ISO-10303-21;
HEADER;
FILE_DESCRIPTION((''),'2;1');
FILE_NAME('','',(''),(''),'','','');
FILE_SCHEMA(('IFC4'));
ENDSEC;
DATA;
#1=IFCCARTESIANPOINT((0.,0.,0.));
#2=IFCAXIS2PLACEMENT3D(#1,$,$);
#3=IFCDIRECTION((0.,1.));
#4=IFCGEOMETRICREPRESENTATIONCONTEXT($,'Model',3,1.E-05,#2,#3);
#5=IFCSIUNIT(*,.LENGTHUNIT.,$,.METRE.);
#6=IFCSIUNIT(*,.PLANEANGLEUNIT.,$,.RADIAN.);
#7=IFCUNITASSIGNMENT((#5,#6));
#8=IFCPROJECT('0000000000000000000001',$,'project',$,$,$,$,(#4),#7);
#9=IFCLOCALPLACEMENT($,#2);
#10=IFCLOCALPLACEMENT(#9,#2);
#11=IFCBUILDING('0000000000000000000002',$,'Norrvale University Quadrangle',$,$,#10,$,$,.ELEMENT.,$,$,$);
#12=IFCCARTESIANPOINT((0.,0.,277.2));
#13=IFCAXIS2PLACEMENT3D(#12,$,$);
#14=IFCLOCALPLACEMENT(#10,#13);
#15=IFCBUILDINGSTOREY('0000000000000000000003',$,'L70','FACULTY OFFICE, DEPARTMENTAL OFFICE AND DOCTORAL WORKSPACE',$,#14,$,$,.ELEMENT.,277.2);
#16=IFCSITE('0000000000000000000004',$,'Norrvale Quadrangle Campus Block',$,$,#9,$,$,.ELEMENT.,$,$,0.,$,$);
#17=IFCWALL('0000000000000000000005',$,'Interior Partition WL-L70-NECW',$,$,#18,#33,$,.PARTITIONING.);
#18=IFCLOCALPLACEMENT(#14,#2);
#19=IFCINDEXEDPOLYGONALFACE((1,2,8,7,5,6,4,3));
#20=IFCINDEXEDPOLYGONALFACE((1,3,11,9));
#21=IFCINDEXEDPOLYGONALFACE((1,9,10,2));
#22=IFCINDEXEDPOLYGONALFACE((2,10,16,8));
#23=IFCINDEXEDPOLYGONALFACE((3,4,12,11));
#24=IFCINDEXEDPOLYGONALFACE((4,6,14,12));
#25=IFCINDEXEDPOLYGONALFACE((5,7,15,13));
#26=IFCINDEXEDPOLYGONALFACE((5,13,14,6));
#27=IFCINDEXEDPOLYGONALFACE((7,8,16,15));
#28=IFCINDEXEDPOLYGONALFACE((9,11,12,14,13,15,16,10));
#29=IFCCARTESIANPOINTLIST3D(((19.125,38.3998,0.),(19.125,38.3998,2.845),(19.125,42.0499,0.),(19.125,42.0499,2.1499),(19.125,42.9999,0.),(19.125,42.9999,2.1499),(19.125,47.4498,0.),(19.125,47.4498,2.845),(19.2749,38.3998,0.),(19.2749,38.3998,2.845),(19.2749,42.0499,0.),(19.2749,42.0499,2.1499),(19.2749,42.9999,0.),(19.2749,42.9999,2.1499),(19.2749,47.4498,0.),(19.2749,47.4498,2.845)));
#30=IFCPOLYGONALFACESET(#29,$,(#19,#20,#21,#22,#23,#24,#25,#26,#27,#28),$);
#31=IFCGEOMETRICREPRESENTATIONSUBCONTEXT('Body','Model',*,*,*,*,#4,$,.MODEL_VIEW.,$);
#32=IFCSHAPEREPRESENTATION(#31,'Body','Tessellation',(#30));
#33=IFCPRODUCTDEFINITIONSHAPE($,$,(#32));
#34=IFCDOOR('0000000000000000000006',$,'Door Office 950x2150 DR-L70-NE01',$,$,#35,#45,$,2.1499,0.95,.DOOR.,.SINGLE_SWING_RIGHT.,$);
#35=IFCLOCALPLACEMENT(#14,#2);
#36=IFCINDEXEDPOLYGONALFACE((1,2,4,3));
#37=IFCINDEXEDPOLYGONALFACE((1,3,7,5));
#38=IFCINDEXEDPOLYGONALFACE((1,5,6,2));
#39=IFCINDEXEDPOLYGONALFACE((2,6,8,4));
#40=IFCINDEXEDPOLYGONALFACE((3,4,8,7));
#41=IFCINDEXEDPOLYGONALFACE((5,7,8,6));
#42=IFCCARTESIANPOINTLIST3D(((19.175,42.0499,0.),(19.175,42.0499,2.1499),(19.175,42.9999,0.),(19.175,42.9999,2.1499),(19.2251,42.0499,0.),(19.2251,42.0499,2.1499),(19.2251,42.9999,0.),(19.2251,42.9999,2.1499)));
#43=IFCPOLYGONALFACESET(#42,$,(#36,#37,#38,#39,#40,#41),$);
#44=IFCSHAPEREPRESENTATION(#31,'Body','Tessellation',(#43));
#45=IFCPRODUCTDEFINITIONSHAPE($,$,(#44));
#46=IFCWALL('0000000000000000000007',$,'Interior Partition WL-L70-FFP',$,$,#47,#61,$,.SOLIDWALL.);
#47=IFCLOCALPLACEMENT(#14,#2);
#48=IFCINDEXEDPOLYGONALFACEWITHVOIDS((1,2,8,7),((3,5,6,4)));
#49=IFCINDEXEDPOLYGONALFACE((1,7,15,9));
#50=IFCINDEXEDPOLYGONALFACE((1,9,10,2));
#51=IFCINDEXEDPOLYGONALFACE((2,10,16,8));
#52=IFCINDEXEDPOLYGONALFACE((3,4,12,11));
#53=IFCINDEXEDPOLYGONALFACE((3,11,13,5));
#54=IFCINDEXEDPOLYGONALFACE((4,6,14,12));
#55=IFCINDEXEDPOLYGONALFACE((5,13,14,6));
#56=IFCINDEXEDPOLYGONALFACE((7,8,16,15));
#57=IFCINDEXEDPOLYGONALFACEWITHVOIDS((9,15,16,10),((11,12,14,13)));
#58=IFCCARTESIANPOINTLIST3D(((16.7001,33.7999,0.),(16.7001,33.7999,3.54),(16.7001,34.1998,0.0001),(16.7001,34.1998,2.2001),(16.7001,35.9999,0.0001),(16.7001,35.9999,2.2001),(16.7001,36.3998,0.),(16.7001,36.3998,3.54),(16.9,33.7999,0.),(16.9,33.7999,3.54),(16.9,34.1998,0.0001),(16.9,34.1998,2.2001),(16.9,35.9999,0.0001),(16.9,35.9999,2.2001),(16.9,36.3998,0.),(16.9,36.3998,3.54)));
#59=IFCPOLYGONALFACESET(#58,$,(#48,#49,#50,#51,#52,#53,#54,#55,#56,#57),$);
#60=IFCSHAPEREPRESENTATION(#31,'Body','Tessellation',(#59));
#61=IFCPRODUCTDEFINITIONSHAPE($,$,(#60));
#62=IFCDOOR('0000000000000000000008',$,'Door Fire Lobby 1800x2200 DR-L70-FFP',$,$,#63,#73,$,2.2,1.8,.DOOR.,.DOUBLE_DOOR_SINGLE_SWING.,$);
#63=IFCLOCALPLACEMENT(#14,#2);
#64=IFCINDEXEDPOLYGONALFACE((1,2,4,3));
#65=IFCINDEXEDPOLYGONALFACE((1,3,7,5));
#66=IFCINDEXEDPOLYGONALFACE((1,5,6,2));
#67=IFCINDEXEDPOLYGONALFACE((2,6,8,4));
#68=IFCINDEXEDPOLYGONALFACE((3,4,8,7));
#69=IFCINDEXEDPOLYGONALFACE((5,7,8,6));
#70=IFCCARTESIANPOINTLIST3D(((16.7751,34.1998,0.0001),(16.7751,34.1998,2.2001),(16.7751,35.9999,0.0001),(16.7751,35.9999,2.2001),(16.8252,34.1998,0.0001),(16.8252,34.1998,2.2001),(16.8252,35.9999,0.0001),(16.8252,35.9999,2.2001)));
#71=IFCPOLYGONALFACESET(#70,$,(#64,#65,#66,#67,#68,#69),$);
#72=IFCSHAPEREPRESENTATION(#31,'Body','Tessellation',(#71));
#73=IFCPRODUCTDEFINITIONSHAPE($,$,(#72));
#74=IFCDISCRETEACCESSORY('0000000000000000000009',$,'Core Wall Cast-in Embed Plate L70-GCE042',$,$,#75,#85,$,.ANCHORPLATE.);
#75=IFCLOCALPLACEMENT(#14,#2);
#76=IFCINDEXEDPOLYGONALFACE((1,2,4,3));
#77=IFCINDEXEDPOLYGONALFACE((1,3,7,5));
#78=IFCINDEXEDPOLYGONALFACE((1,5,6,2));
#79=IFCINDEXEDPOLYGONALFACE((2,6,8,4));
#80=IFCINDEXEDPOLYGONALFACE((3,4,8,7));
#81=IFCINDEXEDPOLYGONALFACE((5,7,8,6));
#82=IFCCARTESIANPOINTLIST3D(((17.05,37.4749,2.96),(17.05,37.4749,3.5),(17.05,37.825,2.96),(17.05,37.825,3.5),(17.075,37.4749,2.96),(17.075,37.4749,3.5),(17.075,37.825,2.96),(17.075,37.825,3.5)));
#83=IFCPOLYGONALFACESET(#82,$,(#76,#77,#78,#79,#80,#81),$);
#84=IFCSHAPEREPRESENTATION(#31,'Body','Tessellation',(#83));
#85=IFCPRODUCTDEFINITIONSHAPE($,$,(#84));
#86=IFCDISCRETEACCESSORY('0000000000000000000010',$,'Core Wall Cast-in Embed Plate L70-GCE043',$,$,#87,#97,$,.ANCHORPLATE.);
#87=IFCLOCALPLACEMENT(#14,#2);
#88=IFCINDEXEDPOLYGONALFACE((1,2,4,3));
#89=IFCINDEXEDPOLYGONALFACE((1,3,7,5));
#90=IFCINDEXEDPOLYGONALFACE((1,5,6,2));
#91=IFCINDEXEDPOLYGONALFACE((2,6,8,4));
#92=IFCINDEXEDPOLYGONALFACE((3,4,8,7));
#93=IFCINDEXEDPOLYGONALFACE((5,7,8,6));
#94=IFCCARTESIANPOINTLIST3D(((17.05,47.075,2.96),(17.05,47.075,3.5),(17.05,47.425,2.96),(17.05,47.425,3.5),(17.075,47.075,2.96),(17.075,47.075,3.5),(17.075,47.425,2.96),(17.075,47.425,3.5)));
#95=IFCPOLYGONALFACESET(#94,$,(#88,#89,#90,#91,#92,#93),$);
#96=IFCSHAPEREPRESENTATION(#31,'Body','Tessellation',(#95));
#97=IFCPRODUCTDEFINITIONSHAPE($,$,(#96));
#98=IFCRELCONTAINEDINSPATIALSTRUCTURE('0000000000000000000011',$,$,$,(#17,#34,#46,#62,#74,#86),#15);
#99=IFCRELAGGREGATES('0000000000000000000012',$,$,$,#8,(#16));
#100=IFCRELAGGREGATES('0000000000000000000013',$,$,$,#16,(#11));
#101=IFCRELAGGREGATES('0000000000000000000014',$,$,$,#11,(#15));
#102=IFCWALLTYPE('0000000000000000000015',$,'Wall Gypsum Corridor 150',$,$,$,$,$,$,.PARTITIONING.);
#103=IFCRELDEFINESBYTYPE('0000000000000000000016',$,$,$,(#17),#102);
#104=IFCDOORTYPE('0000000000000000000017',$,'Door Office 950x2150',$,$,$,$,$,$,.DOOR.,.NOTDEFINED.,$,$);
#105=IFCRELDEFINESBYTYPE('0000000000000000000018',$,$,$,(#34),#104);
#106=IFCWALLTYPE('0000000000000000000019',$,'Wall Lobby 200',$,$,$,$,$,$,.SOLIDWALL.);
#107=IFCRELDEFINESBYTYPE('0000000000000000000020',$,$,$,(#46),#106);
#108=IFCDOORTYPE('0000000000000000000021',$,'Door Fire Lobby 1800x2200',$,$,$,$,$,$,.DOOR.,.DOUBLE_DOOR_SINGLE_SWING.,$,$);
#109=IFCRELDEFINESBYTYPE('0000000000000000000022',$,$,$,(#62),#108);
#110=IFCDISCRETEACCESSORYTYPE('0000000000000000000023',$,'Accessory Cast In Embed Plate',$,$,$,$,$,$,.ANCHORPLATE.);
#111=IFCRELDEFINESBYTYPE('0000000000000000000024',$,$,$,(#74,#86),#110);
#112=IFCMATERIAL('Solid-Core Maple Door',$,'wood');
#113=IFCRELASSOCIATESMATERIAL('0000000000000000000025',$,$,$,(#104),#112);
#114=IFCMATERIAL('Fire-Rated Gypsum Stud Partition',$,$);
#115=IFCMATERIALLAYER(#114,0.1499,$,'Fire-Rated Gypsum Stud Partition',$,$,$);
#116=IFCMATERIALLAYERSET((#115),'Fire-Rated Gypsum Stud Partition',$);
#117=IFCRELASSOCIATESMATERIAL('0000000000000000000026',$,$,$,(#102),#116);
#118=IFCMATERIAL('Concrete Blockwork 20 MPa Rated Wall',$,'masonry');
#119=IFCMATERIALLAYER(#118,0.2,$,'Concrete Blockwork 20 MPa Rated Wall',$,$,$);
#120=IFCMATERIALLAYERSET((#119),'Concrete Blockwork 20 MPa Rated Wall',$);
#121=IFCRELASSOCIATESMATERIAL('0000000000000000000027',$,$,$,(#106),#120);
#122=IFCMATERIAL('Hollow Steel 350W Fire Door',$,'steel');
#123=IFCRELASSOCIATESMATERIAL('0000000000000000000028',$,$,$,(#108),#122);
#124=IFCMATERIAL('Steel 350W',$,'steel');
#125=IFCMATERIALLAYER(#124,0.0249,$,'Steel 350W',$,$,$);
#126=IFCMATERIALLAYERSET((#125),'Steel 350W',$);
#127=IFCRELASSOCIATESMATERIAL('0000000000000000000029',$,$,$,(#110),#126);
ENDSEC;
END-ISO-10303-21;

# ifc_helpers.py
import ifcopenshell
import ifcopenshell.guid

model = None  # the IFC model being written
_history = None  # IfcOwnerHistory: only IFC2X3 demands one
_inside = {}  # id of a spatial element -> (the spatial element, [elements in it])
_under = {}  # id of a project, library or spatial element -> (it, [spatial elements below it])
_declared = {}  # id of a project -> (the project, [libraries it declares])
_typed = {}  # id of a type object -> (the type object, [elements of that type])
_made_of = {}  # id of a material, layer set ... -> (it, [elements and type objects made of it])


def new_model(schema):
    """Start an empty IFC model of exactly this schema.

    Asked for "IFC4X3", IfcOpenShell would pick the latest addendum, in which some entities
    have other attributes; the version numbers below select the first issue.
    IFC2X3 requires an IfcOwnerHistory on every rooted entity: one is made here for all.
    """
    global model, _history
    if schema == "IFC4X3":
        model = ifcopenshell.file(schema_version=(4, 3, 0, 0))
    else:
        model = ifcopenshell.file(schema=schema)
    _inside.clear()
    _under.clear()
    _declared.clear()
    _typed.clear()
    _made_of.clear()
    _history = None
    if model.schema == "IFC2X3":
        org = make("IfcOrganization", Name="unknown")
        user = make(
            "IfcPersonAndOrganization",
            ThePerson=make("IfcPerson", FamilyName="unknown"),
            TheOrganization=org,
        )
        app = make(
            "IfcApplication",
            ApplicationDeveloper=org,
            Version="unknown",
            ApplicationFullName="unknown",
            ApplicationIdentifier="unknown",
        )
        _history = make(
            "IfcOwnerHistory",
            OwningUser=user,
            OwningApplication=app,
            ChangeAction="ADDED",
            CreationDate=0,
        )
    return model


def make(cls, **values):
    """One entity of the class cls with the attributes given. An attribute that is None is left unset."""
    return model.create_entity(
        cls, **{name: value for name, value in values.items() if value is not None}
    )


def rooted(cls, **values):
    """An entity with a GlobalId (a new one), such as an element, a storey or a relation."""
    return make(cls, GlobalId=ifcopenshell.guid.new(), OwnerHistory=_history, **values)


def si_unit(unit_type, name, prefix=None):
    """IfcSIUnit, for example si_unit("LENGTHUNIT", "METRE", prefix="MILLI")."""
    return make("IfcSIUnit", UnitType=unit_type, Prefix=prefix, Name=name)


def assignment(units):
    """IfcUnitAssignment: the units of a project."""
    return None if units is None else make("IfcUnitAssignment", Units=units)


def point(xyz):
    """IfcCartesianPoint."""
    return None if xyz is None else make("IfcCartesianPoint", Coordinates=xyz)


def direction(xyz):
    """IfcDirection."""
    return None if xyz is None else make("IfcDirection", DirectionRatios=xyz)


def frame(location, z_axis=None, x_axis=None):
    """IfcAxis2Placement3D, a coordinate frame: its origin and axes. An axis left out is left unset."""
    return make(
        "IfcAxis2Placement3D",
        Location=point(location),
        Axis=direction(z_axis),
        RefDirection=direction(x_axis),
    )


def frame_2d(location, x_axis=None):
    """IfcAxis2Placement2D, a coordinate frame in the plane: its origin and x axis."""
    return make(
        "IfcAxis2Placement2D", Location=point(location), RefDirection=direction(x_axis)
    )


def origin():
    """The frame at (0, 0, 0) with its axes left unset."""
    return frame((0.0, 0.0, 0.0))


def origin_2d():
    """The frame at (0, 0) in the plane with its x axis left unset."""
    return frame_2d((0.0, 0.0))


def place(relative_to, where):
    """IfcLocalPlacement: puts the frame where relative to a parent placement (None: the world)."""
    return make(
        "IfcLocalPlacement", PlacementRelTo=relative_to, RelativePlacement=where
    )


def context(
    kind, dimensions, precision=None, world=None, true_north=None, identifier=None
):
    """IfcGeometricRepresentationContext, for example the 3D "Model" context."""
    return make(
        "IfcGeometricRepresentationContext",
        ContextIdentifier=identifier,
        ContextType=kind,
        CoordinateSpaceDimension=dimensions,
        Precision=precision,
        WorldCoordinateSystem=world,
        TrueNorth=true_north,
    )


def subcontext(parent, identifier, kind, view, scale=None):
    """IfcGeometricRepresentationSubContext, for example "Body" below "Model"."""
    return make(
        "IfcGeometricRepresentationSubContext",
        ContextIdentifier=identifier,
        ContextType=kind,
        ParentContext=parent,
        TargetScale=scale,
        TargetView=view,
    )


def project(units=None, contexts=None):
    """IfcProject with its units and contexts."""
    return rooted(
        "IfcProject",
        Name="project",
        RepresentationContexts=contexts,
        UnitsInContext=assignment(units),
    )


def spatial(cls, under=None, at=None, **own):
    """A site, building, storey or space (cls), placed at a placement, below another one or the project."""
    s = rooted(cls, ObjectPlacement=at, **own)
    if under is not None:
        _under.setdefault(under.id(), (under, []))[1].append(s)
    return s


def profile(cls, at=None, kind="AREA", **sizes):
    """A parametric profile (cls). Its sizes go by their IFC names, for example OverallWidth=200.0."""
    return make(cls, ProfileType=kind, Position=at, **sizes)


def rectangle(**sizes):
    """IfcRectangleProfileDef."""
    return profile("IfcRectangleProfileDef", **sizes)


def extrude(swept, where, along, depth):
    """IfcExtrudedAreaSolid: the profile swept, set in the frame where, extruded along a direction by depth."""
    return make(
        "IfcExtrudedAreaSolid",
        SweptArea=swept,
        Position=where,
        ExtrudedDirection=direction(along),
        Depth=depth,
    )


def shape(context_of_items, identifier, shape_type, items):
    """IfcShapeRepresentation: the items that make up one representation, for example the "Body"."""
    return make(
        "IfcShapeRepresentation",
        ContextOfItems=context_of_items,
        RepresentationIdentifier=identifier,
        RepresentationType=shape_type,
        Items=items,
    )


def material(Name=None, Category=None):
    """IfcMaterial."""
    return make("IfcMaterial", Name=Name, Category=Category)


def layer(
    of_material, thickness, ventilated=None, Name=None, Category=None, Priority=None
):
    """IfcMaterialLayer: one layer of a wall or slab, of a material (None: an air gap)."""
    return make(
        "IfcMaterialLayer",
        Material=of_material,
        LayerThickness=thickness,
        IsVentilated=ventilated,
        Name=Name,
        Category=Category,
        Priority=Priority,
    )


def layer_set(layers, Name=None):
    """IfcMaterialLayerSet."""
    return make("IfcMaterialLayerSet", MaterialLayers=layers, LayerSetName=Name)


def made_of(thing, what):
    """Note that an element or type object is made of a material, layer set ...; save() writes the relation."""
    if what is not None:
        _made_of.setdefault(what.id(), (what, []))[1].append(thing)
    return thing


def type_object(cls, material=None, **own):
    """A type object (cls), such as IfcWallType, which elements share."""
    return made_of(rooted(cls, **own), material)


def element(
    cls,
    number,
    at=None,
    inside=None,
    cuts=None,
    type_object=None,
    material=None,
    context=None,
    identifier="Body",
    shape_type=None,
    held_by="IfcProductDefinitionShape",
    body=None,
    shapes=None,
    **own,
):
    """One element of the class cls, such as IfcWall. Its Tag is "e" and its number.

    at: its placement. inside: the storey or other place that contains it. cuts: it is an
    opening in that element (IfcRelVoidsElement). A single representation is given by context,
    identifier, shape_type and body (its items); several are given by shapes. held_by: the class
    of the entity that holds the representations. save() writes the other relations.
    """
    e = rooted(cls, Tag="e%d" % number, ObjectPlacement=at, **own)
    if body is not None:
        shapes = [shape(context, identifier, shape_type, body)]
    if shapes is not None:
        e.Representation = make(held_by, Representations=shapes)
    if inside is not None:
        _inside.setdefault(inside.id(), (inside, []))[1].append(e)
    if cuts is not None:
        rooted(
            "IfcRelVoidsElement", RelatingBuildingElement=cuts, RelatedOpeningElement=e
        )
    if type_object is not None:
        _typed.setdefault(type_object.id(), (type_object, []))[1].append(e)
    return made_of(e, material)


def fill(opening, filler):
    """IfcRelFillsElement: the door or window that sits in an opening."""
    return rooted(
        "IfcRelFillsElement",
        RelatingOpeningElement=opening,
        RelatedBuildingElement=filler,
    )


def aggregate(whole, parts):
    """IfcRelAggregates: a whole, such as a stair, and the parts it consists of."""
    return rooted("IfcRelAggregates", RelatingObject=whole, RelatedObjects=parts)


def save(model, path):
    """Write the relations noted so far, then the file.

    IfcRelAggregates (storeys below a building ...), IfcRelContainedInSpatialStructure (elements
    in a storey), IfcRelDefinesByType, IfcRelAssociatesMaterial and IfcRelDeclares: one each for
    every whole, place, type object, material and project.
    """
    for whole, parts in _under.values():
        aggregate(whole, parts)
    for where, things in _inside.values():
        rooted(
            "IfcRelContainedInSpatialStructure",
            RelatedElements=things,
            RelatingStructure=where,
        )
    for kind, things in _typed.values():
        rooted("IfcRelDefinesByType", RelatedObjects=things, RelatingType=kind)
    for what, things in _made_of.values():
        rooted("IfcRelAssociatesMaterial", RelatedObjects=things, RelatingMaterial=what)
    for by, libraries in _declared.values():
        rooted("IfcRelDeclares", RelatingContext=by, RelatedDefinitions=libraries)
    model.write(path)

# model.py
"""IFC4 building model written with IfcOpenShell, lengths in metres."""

from ifc_helpers import new_model, si_unit, direction, frame, frame_2d, origin, origin_2d, place, context, subcontext, project, spatial, rectangle, extrude, material, layer, layer_set, type_object, element, fill, save


model = new_model("IFC4")

# Units and contexts
model_context = context("Model", 3, precision=1e-05, world=origin(), true_north=direction((0.0, 1.0)))
body_context = subcontext(model_context, "Body", "Model", "MODEL_VIEW")
ifc_project = project(units=[si_unit("LENGTHUNIT", "METRE"), si_unit("PLANEANGLEUNIT", "RADIAN")], contexts=[model_context])

# Site, building, storey
site_placement = place(None, origin())
site = spatial("IfcSite", under=ifc_project, at=site_placement, Name="Norrvale Quadrangle Campus Block", CompositionType="ELEMENT", RefElevation=0.0)
building_placement = place(site_placement, origin())
building = spatial("IfcBuilding", under=site, at=building_placement, Name="Norrvale University Quadrangle", CompositionType="ELEMENT")
storey_placement = place(building_placement, frame((0.0, 0.0, 277.2)))
storey = spatial("IfcBuildingStorey", under=building, at=storey_placement, Name="L70", Description="FACULTY OFFICE, DEPARTMENTAL OFFICE AND DOCTORAL WORKSPACE", CompositionType="ELEMENT", Elevation=277.2)

# Shared definitions
ifc_material_1 = material(Name="Steel 350W", Category="steel")

# Shared definitions
ifc_material_2 = material(Name="Solid-Core Maple Door", Category="wood")
door_type_1 = type_object("IfcDoorType", Name="Door Office 950x2150", OperationType="NOTDEFINED", PredefinedType="DOOR", material=ifc_material_2)

# Shared definitions
ifc_material_3 = material(Name="Fire-Rated Gypsum Stud Partition")
ifc_layer_1 = layer(ifc_material_3, 0.1499, Name="Fire-Rated Gypsum Stud Partition")
ifc_layer_set_1 = layer_set([ifc_layer_1], Name="Fire-Rated Gypsum Stud Partition")
wall_type_1 = type_object("IfcWallType", Name="Wall Gypsum Corridor 150", PredefinedType="PARTITIONING", material=ifc_layer_set_1)

# Walls, openings, doors
wall_1_placement = place(storey_placement, frame((19.2, 38.3999, 0.0), z_axis=(0.0, 0.0, 1.0), x_axis=(0.0, 1.0, 0.0)))
wall_1 = element("IfcWall", 1, at=wall_1_placement, inside=storey, type_object=wall_type_1, Name="Interior Partition WL-L70-NECW", PredefinedType="PARTITIONING", context=body_context, shape_type="SweptSolid", body=[
    extrude(rectangle(XDim=9.05, YDim=0.1499, at=frame_2d((4.5249, 0.0))), origin(), (0.0, 0.0, 1.0), 2.845),
])
opening_1_placement = place(wall_1_placement, frame((3.6499, 0.0, 0.0)))
opening_1 = element("IfcOpeningElement", 2, at=opening_1_placement, cuts=wall_1, PredefinedType="OPENING", context=body_context, shape_type="SweptSolid", body=[
    extrude(rectangle(XDim=0.95, YDim=2.1499, at=frame_2d((0.4751, 1.075))), frame((0.0, 0.0869, 0.0), z_axis=(0.0, -1.0, 0.0), x_axis=(1.0, 0.0, 0.0)), (0.0, 0.0, 1.0), 0.1738),
])
door_1_placement = place(opening_1_placement, origin())
door_1 = element("IfcDoor", 3, at=door_1_placement, inside=storey, type_object=door_type_1, Name="Door Office 950x2150 DR-L70-NE01", OperationType="SINGLE_SWING_RIGHT", OverallHeight=2.1499, OverallWidth=0.95, PredefinedType="DOOR", context=body_context, shape_type="SweptSolid", body=[
    extrude(rectangle(XDim=0.95, YDim=2.1499, at=frame_2d((0.4751, 1.075))), frame((0.0, 0.0249, 0.0), z_axis=(0.0, -1.0, 0.0), x_axis=(1.0, 0.0, 0.0)), (0.0, 0.0, 1.0), 0.05),
])
fill(opening_1, door_1)
ifc_material_4 = material(Name="Concrete Blockwork 20 MPa Rated Wall", Category="masonry")
ifc_layer_2 = layer(ifc_material_4, 0.2, Name="Concrete Blockwork 20 MPa Rated Wall")
ifc_layer_set_2 = layer_set([ifc_layer_2], Name="Concrete Blockwork 20 MPa Rated Wall")
wall_type_2 = type_object("IfcWallType", Name="Wall Lobby 200", PredefinedType="SOLIDWALL", material=ifc_layer_set_2)
wall_2_placement = place(storey_placement, frame((16.8, 33.8, 0.0), z_axis=(0.0, 0.0, 1.0), x_axis=(0.0, 1.0, 0.0)))
wall_2 = element("IfcWall", 4, at=wall_2_placement, inside=storey, type_object=wall_type_2, Name="Interior Partition WL-L70-FFP", PredefinedType="SOLIDWALL", context=body_context, shape_type="SweptSolid", body=[
    extrude(rectangle(XDim=2.5999, YDim=0.2, at=frame_2d((1.2998, 0.0))), origin(), (0.0, 0.0, 1.0), 3.54),
])
opening_2_placement = place(wall_2_placement, frame((0.3999, 0.0, 0.0)))
opening_2 = element("IfcOpeningElement", 5, at=opening_2_placement, cuts=wall_2, PredefinedType="OPENING", context=body_context, shape_type="SweptSolid", body=[
    extrude(rectangle(XDim=1.8, YDim=2.2, at=frame_2d((0.8999, 1.1001))), frame((0.0, 0.1121, 0.0), z_axis=(0.0, -1.0, 0.0), x_axis=(1.0, 0.0, 0.0)), (0.0, 0.0, 1.0), 0.2239),
])
ifc_material_5 = material(Name="Hollow Steel 350W Fire Door", Category="steel")
door_type_2 = type_object("IfcDoorType", Name="Door Fire Lobby 1800x2200", OperationType="DOUBLE_DOOR_SINGLE_SWING", PredefinedType="DOOR", material=ifc_material_5)
door_2_placement = place(opening_2_placement, origin())
door_2 = element("IfcDoor", 6, at=door_2_placement, inside=storey, type_object=door_type_2, Name="Door Fire Lobby 1800x2200 DR-L70-FFP", OperationType="DOUBLE_DOOR_SINGLE_SWING", OverallHeight=2.2, OverallWidth=1.8, PredefinedType="DOOR", context=body_context, shape_type="SweptSolid", body=[
    extrude(rectangle(XDim=1.8, YDim=2.2, at=frame_2d((0.8999, 1.1001))), frame((0.0, 0.0249, 0.0), z_axis=(0.0, -1.0, 0.0), x_axis=(1.0, 0.0, 0.0)), (0.0, 0.0, 1.0), 0.05),
])
fill(opening_2, door_2)

# Discrete accessories
ifc_layer_3 = layer(ifc_material_1, 0.0249, Name="Steel 350W")
ifc_layer_set_3 = layer_set([ifc_layer_3], Name="Steel 350W")
discrete_accessory_type = type_object("IfcDiscreteAccessoryType", Name="Accessory Cast In Embed Plate", PredefinedType="ANCHORPLATE", material=ifc_layer_set_3)
for number, where, z_axis, x_axis, name in (
    (7, (17.0625, 37.6499, 2.96), (0.0, 0.0, 1.0), (1.0, 0.0, 0.0), "Core Wall Cast-in Embed Plate L70-GCE042"),
    (8, (17.0625, 47.25, 2.96), (0.0, 0.0, 1.0), (1.0, 0.0, 0.0), "Core Wall Cast-in Embed Plate L70-GCE043"),
):
    element("IfcDiscreteAccessory", number, at=place(storey_placement, frame(where, z_axis=z_axis, x_axis=x_axis)), inside=storey, type_object=discrete_accessory_type, Name=name, PredefinedType="ANCHORPLATE", context=body_context, shape_type="SweptSolid", body=[
        extrude(rectangle(XDim=0.0249, YDim=0.3501, at=origin_2d()), origin(), (0.0, 0.0, 1.0), 0.54),
    ])

save(model, "model.ifc")
